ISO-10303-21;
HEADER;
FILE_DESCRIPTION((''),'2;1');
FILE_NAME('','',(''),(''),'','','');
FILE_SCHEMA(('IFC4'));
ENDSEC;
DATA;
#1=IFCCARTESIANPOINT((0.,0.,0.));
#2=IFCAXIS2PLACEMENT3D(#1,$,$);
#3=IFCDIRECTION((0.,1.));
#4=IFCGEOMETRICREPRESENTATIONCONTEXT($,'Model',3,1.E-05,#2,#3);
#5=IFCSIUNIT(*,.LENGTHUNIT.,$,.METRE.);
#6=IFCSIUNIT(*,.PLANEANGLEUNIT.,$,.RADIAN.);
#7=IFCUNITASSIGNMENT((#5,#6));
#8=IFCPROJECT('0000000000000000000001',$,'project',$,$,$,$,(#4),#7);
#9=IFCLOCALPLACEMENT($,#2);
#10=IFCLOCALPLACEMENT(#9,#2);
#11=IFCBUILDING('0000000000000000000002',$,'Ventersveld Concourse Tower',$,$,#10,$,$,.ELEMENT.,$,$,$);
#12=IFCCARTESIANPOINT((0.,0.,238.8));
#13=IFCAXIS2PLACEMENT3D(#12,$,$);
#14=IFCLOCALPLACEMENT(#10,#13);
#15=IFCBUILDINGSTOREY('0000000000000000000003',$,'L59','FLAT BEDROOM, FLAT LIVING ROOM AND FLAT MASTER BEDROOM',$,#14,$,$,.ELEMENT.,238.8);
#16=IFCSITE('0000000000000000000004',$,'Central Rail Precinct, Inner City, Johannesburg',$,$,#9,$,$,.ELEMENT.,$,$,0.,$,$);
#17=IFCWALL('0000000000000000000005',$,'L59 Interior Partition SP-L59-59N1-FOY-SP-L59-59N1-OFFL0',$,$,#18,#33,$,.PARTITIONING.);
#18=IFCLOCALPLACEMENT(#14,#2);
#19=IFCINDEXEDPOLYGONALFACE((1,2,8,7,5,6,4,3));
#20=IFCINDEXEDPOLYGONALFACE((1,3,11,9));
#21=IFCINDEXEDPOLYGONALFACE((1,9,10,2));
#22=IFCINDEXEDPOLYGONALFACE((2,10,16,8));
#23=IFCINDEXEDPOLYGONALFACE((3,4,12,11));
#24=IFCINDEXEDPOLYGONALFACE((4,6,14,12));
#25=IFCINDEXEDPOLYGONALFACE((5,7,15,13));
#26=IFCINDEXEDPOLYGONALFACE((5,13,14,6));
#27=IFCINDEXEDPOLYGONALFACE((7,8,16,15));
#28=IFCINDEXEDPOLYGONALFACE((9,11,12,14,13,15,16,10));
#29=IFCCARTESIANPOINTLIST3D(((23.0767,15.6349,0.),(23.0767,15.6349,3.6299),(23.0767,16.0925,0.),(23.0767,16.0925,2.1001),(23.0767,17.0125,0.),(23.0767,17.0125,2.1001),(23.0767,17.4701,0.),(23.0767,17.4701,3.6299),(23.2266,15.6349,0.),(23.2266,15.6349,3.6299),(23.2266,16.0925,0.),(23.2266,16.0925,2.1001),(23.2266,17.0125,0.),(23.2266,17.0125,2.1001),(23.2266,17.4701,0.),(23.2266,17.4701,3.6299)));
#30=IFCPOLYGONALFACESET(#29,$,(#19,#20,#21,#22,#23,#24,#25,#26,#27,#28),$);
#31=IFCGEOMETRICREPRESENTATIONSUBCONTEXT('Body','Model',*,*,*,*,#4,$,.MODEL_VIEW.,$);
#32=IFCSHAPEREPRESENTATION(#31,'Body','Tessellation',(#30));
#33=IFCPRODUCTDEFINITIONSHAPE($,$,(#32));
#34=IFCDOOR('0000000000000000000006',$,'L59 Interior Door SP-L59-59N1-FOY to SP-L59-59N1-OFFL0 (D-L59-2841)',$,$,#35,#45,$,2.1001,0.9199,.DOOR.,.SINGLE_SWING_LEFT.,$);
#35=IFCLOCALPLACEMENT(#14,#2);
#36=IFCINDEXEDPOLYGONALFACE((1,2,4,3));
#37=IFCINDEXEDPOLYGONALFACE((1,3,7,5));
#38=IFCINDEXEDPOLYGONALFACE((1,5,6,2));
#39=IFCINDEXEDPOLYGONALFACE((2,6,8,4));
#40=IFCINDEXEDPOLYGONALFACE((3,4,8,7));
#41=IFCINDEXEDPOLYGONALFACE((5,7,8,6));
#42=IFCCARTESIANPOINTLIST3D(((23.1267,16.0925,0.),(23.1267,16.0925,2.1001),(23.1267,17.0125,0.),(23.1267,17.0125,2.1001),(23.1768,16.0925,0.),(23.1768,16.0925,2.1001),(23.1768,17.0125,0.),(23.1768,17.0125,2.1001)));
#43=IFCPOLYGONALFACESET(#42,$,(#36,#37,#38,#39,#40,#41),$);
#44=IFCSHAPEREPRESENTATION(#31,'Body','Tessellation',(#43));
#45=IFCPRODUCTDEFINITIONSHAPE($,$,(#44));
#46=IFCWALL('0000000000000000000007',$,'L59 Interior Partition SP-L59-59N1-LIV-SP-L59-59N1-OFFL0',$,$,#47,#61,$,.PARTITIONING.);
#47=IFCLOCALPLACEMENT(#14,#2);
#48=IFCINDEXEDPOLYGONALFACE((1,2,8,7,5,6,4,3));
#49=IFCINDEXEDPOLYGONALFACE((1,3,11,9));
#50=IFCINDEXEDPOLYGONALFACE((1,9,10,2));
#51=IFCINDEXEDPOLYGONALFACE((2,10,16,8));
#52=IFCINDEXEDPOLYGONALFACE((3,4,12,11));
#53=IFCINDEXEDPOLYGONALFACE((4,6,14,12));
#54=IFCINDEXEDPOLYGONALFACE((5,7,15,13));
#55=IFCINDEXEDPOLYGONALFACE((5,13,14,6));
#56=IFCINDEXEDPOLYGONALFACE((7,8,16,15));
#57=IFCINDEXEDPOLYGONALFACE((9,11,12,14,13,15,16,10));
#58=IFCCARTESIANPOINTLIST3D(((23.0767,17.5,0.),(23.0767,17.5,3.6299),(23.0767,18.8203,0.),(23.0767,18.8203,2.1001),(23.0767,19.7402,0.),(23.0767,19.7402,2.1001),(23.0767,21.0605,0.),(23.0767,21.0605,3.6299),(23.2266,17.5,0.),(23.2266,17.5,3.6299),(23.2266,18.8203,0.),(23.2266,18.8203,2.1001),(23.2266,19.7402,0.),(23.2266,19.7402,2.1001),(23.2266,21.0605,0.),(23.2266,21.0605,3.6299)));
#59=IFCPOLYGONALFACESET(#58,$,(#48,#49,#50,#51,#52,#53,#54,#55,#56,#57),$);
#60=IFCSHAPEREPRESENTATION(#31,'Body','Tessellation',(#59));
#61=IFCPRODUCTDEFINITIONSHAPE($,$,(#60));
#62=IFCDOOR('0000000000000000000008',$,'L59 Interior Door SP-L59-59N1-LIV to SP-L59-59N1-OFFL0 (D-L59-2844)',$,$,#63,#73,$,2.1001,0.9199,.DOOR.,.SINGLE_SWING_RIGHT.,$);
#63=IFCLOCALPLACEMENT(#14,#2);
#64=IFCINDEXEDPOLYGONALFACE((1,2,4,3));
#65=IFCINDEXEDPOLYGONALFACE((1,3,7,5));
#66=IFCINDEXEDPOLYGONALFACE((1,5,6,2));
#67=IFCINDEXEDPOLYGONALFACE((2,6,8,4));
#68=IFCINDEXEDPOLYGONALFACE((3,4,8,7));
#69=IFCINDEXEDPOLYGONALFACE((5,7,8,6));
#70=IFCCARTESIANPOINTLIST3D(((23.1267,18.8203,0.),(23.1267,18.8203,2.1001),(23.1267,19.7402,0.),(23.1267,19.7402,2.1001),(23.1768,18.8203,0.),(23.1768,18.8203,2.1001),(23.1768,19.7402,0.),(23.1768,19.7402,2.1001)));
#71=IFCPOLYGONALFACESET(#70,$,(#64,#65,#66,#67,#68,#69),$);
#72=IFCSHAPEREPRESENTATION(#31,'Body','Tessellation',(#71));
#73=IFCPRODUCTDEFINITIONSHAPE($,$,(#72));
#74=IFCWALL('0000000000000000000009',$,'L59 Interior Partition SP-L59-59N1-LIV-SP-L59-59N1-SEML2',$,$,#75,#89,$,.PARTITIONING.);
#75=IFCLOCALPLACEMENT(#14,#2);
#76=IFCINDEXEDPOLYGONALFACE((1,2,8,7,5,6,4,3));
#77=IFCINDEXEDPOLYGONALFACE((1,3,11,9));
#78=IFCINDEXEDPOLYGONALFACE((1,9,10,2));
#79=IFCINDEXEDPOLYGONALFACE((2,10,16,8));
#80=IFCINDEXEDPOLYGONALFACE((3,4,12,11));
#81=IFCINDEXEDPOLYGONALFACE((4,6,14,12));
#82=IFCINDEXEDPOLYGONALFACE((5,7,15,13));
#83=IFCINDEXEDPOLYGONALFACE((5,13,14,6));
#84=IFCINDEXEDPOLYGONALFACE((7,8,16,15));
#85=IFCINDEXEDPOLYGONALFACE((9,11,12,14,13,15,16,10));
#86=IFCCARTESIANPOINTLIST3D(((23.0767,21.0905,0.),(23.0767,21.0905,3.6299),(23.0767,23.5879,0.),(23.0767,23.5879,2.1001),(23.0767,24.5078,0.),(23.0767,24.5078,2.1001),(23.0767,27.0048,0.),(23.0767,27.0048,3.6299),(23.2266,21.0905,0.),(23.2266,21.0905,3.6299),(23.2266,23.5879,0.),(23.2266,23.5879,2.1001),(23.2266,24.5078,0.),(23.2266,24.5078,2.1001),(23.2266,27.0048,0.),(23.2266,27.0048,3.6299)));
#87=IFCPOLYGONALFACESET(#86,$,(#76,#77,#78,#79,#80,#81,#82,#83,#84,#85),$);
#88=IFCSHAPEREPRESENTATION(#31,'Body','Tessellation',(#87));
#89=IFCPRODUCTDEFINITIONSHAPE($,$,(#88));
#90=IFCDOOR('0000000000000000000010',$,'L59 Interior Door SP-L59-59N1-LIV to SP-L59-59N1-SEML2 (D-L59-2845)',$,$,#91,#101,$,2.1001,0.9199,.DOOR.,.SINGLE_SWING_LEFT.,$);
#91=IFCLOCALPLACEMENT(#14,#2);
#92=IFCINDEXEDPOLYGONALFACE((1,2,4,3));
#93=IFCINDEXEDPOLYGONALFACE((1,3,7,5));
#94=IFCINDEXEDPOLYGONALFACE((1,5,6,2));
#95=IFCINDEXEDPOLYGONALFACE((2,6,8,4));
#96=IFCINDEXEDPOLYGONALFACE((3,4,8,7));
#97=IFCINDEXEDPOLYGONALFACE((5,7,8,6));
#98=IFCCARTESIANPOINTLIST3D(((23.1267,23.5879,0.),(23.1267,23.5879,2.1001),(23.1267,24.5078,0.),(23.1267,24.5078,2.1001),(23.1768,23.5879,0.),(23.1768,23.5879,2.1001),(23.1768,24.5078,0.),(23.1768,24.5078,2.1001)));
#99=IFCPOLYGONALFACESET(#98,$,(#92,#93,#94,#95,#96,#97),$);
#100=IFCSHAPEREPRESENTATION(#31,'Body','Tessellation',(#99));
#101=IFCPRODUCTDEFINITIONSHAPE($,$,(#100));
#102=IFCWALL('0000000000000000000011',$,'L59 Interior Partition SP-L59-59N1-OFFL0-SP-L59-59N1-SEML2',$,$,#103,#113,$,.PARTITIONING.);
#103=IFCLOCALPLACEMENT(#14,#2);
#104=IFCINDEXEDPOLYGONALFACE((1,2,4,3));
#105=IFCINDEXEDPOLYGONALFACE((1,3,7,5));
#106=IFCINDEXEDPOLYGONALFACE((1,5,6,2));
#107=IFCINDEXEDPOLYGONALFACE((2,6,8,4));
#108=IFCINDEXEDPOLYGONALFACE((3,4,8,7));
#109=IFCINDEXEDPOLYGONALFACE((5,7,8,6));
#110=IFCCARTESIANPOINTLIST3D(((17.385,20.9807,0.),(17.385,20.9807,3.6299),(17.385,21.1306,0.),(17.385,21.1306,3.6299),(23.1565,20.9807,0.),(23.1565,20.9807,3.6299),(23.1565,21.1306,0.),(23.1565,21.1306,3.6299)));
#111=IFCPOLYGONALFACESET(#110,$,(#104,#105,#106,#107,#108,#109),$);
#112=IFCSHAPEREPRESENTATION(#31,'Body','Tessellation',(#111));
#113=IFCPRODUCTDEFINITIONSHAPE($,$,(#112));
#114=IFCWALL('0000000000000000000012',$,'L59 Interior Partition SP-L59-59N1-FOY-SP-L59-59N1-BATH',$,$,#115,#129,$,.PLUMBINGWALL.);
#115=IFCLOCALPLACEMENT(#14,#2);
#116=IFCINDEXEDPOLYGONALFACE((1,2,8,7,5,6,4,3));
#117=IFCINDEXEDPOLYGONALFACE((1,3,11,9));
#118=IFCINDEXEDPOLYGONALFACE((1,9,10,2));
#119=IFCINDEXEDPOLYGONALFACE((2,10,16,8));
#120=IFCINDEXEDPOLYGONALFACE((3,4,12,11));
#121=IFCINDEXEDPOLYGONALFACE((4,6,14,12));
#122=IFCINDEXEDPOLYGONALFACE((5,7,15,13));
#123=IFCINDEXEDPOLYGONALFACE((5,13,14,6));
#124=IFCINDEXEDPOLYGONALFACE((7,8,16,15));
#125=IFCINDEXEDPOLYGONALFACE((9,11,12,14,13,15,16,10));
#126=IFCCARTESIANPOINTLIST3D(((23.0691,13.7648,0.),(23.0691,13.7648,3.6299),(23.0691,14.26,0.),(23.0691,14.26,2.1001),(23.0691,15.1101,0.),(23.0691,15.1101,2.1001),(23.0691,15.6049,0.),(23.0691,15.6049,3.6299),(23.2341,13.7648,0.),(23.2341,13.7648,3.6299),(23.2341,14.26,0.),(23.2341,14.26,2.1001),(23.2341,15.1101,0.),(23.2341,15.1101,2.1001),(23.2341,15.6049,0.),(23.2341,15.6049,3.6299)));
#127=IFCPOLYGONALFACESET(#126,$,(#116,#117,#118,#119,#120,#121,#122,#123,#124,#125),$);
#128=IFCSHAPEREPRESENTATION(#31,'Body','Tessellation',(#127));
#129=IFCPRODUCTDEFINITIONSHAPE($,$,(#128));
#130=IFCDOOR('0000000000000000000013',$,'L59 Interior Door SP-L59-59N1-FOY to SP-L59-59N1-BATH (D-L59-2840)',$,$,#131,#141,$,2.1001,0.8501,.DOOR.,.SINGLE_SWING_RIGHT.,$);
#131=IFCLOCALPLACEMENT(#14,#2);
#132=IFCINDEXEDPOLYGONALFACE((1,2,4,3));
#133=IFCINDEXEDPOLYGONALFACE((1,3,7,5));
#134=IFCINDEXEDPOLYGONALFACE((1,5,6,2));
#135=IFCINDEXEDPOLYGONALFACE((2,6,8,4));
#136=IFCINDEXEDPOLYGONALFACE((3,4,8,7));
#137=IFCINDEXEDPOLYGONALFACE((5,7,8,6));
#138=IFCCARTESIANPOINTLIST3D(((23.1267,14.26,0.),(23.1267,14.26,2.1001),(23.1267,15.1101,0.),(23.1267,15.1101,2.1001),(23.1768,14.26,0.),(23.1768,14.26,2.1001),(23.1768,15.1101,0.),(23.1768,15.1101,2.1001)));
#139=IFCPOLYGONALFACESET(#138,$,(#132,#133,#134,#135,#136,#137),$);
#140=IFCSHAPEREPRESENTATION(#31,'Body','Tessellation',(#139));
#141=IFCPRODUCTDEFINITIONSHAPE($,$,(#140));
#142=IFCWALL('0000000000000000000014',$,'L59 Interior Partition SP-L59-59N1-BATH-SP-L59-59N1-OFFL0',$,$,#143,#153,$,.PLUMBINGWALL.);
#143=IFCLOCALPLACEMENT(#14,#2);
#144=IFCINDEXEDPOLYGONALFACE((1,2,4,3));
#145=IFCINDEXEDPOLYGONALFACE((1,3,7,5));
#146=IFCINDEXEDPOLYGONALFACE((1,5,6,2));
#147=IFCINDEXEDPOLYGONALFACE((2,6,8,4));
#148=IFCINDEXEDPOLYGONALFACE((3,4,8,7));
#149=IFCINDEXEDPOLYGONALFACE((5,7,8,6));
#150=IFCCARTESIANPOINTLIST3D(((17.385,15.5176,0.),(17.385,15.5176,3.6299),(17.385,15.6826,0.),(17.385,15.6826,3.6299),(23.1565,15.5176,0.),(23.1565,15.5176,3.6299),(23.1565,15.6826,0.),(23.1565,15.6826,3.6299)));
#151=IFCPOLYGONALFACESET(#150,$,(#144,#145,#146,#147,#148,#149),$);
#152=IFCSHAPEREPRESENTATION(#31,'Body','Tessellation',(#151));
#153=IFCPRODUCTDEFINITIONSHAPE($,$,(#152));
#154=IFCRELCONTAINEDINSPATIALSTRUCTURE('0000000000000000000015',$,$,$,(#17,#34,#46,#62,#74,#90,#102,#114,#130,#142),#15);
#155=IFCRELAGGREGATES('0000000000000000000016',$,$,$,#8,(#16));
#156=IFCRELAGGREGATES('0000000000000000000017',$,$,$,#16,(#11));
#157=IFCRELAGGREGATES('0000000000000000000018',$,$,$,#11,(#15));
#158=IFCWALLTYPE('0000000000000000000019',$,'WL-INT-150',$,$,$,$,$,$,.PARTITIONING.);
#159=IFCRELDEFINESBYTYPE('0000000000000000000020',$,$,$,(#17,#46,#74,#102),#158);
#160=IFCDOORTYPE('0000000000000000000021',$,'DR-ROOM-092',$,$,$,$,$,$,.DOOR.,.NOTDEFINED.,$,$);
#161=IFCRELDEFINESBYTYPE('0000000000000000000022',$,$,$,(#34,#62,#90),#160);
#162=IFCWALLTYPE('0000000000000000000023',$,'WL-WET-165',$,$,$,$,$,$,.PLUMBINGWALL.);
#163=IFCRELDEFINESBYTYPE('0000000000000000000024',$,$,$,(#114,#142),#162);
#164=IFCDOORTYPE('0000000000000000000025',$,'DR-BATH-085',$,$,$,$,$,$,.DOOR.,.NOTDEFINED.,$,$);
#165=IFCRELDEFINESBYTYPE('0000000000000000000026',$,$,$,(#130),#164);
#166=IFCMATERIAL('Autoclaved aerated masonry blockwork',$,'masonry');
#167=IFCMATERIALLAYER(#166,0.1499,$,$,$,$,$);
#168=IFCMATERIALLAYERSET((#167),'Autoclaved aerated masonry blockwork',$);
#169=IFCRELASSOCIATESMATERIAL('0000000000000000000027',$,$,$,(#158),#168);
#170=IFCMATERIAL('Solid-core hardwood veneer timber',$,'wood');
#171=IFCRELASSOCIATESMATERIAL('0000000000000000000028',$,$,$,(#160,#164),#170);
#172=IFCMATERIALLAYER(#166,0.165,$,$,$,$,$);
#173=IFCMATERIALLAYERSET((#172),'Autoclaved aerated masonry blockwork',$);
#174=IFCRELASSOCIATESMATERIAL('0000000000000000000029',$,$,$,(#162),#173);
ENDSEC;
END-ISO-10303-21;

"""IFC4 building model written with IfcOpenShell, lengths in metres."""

from ifc_helpers import new_model, si_unit, direction, frame, frame_2d, origin, place, context, subcontext, project, spatial, rectangle, extrude, material, layer, layer_set, type_object, element, fill, save


model = new_model("IFC4")

# Units and contexts
model_context = context("Model", 3, precision=1e-05, world=origin(), true_north=direction((0.0, 1.0)))
body_context = subcontext(model_context, "Body", "Model", "MODEL_VIEW")
ifc_project = project(units=[si_unit("LENGTHUNIT", "METRE"), si_unit("PLANEANGLEUNIT", "RADIAN")], contexts=[model_context])

# Site, building, storey
site_placement = place(None, origin())
site = spatial("IfcSite", under=ifc_project, at=site_placement, Name="Central Rail Precinct, Inner City, Johannesburg", CompositionType="ELEMENT", RefElevation=0.0)
building_placement = place(site_placement, origin())
building = spatial("IfcBuilding", under=site, at=building_placement, Name="Ventersveld Concourse Tower", CompositionType="ELEMENT")
storey_placement = place(building_placement, frame((0.0, 0.0, 238.8)))
storey = spatial("IfcBuildingStorey", under=building, at=storey_placement, Name="L59", Description="FLAT BEDROOM, FLAT LIVING ROOM AND FLAT MASTER BEDROOM", CompositionType="ELEMENT", Elevation=238.8)

# Shared definitions
ifc_material_1 = material(Name="Solid-core hardwood veneer timber", Category="wood")

# Walls, openings, doors
ifc_material_2 = material(Name="Autoclaved aerated masonry blockwork", Category="masonry")
ifc_layer_1 = layer(ifc_material_2, 0.1499)
ifc_layer_set_1 = layer_set([ifc_layer_1], Name="Autoclaved aerated masonry blockwork")
wall_type_1 = type_object("IfcWallType", Name="WL-INT-150", PredefinedType="PARTITIONING", material=ifc_layer_set_1)
door_type_1 = type_object("IfcDoorType", Name="DR-ROOM-092", OperationType="NOTDEFINED", PredefinedType="DOOR", material=ifc_material_1)
wall_1_placement = place(storey_placement, frame((23.1516, 15.635, 0.0), z_axis=(0.0, 0.0, 1.0), x_axis=(0.0, 1.0, 0.0)))
wall_1 = element("IfcWall", 1, at=wall_1_placement, inside=storey, type_object=wall_type_1, Name="L59 Interior Partition SP-L59-59N1-FOY-SP-L59-59N1-OFFL0", PredefinedType="PARTITIONING", context=body_context, shape_type="SweptSolid", body=[
    extrude(rectangle(XDim=1.8352, YDim=0.1499, at=frame_2d((0.9175, 0.0))), origin(), (0.0, 0.0, 1.0), 3.6299),
])
opening_1_placement = place(wall_1_placement, frame((0.4575, 0.0, 0.0)))
opening_1 = element("IfcOpeningElement", 2, at=opening_1_placement, cuts=wall_1, PredefinedType="OPENING", context=body_context, shape_type="SweptSolid", body=[
    extrude(rectangle(XDim=0.9199, YDim=2.1001, at=frame_2d((0.46, 1.05))), frame((0.0, 0.085, 0.0), z_axis=(0.0, -1.0, 0.0), x_axis=(1.0, 0.0, 0.0)), (0.0, 0.0, 1.0), 0.1699),
])
door_1_placement = place(opening_1_placement, origin())
door_1 = element("IfcDoor", 3, at=door_1_placement, inside=storey, type_object=door_type_1, Name="L59 Interior Door SP-L59-59N1-FOY to SP-L59-59N1-OFFL0 (D-L59-2841)", OperationType="SINGLE_SWING_LEFT", OverallHeight=2.1001, OverallWidth=0.9199, PredefinedType="DOOR", context=body_context, shape_type="SweptSolid", body=[
    extrude(rectangle(XDim=0.9199, YDim=2.1001, at=frame_2d((0.46, 1.05))), frame((0.0, 0.0249, 0.0), z_axis=(0.0, -1.0, 0.0), x_axis=(1.0, 0.0, 0.0)), (0.0, 0.0, 1.0), 0.05),
])
fill(opening_1, door_1)
wall_2_placement = place(storey_placement, frame((23.1516, 17.5, 0.0), z_axis=(0.0, 0.0, 1.0), x_axis=(0.0, 1.0, 0.0)))
wall_2 = element("IfcWall", 4, at=wall_2_placement, inside=storey, type_object=wall_type_1, Name="L59 Interior Partition SP-L59-59N1-LIV-SP-L59-59N1-OFFL0", PredefinedType="PARTITIONING", context=body_context, shape_type="SweptSolid", body=[
    extrude(rectangle(XDim=3.5605, YDim=0.1499, at=frame_2d((1.7803, 0.0))), origin(), (0.0, 0.0, 1.0), 3.6299),
])
opening_2_placement = place(wall_2_placement, frame((1.3203, 0.0, 0.0)))
opening_2 = element("IfcOpeningElement", 5, at=opening_2_placement, cuts=wall_2, PredefinedType="OPENING", context=body_context, shape_type="SweptSolid", body=[
    extrude(rectangle(XDim=0.9199, YDim=2.1001, at=frame_2d((0.46, 1.05))), frame((0.0, 0.085, 0.0), z_axis=(0.0, -1.0, 0.0), x_axis=(1.0, 0.0, 0.0)), (0.0, 0.0, 1.0), 0.1699),
])
door_2_placement = place(opening_2_placement, origin())
door_2 = element("IfcDoor", 6, at=door_2_placement, inside=storey, type_object=door_type_1, Name="L59 Interior Door SP-L59-59N1-LIV to SP-L59-59N1-OFFL0 (D-L59-2844)", OperationType="SINGLE_SWING_RIGHT", OverallHeight=2.1001, OverallWidth=0.9199, PredefinedType="DOOR", context=body_context, shape_type="SweptSolid", body=[
    extrude(rectangle(XDim=0.9199, YDim=2.1001, at=frame_2d((0.46, 1.05))), frame((0.0, 0.0249, 0.0), z_axis=(0.0, -1.0, 0.0), x_axis=(1.0, 0.0, 0.0)), (0.0, 0.0, 1.0), 0.05),
])
fill(opening_2, door_2)
wall_3_placement = place(storey_placement, frame((23.1516, 21.0906, 0.0), z_axis=(0.0, 0.0, 1.0), x_axis=(0.0, 1.0, 0.0)))
wall_3 = element("IfcWall", 7, at=wall_3_placement, inside=storey, type_object=wall_type_1, Name="L59 Interior Partition SP-L59-59N1-LIV-SP-L59-59N1-SEML2", PredefinedType="PARTITIONING", context=body_context, shape_type="SweptSolid", body=[
    extrude(rectangle(XDim=5.9143, YDim=0.1499, at=frame_2d((2.957, 0.0))), origin(), (0.0, 0.0, 1.0), 3.6299),
])
opening_3_placement = place(wall_3_placement, frame((2.4973, 0.0, 0.0)))
opening_3 = element("IfcOpeningElement", 8, at=opening_3_placement, cuts=wall_3, PredefinedType="OPENING", context=body_context, shape_type="SweptSolid", body=[
    extrude(rectangle(XDim=0.9199, YDim=2.1001, at=frame_2d((0.46, 1.05))), frame((0.0, 0.085, 0.0), z_axis=(0.0, -1.0, 0.0), x_axis=(1.0, 0.0, 0.0)), (0.0, 0.0, 1.0), 0.1699),
])
door_3_placement = place(opening_3_placement, origin())
door_3 = element("IfcDoor", 9, at=door_3_placement, inside=storey, type_object=door_type_1, Name="L59 Interior Door SP-L59-59N1-LIV to SP-L59-59N1-SEML2 (D-L59-2845)", OperationType="SINGLE_SWING_LEFT", OverallHeight=2.1001, OverallWidth=0.9199, PredefinedType="DOOR", context=body_context, shape_type="SweptSolid", body=[
    extrude(rectangle(XDim=0.9199, YDim=2.1001, at=frame_2d((0.46, 1.05))), frame((0.0, 0.0249, 0.0), z_axis=(0.0, -1.0, 0.0), x_axis=(1.0, 0.0, 0.0)), (0.0, 0.0, 1.0), 0.05),
])
fill(opening_3, door_3)

# Wall
wall_4_placement = place(storey_placement, frame((17.385, 21.0557, 0.0), z_axis=(0.0, 0.0, 1.0), x_axis=(1.0, 0.0, 0.0)))
element("IfcWall", 10, at=wall_4_placement, inside=storey, type_object=wall_type_1, Name="L59 Interior Partition SP-L59-59N1-OFFL0-SP-L59-59N1-SEML2", PredefinedType="PARTITIONING", context=body_context, shape_type="SweptSolid", body=[
    extrude(rectangle(XDim=5.7715, YDim=0.1499, at=frame_2d((2.8857, 0.0))), origin(), (0.0, 0.0, 1.0), 3.6299),
])

# Wall, opening, door
ifc_layer_2 = layer(ifc_material_2, 0.165)
ifc_layer_set_2 = layer_set([ifc_layer_2], Name="Autoclaved aerated masonry blockwork")
wall_type_2 = type_object("IfcWallType", Name="WL-WET-165", PredefinedType="PLUMBINGWALL", material=ifc_layer_set_2)
wall_5_placement = place(storey_placement, frame((23.1516, 13.7649, 0.0), z_axis=(0.0, 0.0, 1.0), x_axis=(0.0, 1.0, 0.0)))
wall_5 = element("IfcWall", 11, at=wall_5_placement, inside=storey, type_object=wall_type_2, Name="L59 Interior Partition SP-L59-59N1-FOY-SP-L59-59N1-BATH", PredefinedType="PLUMBINGWALL", context=body_context, shape_type="SweptSolid", body=[
    extrude(rectangle(XDim=1.8401, YDim=0.165, at=frame_2d((0.9199, 0.0))), origin(), (0.0, 0.0, 1.0), 3.6299),
])
opening_4_placement = place(wall_5_placement, frame((0.4951, 0.0, 0.0)))
opening_4 = element("IfcOpeningElement", 12, at=opening_4_placement, cuts=wall_5, PredefinedType="OPENING", context=body_context, shape_type="SweptSolid", body=[
    extrude(rectangle(XDim=0.8501, YDim=2.1001, at=frame_2d((0.425, 1.05))), frame((0.0, 0.0925, 0.0), z_axis=(0.0, -1.0, 0.0), x_axis=(1.0, 0.0, 0.0)), (0.0, 0.0, 1.0), 0.1851),
])
door_type_2 = type_object("IfcDoorType", Name="DR-BATH-085", OperationType="NOTDEFINED", PredefinedType="DOOR", material=ifc_material_1)
door_4_placement = place(opening_4_placement, origin())
door_4 = element("IfcDoor", 13, at=door_4_placement, inside=storey, type_object=door_type_2, Name="L59 Interior Door SP-L59-59N1-FOY to SP-L59-59N1-BATH (D-L59-2840)", OperationType="SINGLE_SWING_RIGHT", OverallHeight=2.1001, OverallWidth=0.8501, PredefinedType="DOOR", context=body_context, shape_type="SweptSolid", body=[
    extrude(rectangle(XDim=0.8501, YDim=2.1001, at=frame_2d((0.425, 1.05))), frame((0.0, 0.0249, 0.0), z_axis=(0.0, -1.0, 0.0), x_axis=(1.0, 0.0, 0.0)), (0.0, 0.0, 1.0), 0.05),
])
fill(opening_4, door_4)

# Wall
wall_6_placement = place(storey_placement, frame((17.385, 15.6001, 0.0), z_axis=(0.0, 0.0, 1.0), x_axis=(1.0, 0.0, 0.0)))
element("IfcWall", 14, at=wall_6_placement, inside=storey, type_object=wall_type_2, Name="L59 Interior Partition SP-L59-59N1-BATH-SP-L59-59N1-OFFL0", PredefinedType="PLUMBINGWALL", context=body_context, shape_type="SweptSolid", body=[
    extrude(rectangle(XDim=5.7715, YDim=0.165, at=frame_2d((2.8857, 0.0))), origin(), (0.0, 0.0, 1.0), 3.6299),
])

save(model, "model.ifc")
